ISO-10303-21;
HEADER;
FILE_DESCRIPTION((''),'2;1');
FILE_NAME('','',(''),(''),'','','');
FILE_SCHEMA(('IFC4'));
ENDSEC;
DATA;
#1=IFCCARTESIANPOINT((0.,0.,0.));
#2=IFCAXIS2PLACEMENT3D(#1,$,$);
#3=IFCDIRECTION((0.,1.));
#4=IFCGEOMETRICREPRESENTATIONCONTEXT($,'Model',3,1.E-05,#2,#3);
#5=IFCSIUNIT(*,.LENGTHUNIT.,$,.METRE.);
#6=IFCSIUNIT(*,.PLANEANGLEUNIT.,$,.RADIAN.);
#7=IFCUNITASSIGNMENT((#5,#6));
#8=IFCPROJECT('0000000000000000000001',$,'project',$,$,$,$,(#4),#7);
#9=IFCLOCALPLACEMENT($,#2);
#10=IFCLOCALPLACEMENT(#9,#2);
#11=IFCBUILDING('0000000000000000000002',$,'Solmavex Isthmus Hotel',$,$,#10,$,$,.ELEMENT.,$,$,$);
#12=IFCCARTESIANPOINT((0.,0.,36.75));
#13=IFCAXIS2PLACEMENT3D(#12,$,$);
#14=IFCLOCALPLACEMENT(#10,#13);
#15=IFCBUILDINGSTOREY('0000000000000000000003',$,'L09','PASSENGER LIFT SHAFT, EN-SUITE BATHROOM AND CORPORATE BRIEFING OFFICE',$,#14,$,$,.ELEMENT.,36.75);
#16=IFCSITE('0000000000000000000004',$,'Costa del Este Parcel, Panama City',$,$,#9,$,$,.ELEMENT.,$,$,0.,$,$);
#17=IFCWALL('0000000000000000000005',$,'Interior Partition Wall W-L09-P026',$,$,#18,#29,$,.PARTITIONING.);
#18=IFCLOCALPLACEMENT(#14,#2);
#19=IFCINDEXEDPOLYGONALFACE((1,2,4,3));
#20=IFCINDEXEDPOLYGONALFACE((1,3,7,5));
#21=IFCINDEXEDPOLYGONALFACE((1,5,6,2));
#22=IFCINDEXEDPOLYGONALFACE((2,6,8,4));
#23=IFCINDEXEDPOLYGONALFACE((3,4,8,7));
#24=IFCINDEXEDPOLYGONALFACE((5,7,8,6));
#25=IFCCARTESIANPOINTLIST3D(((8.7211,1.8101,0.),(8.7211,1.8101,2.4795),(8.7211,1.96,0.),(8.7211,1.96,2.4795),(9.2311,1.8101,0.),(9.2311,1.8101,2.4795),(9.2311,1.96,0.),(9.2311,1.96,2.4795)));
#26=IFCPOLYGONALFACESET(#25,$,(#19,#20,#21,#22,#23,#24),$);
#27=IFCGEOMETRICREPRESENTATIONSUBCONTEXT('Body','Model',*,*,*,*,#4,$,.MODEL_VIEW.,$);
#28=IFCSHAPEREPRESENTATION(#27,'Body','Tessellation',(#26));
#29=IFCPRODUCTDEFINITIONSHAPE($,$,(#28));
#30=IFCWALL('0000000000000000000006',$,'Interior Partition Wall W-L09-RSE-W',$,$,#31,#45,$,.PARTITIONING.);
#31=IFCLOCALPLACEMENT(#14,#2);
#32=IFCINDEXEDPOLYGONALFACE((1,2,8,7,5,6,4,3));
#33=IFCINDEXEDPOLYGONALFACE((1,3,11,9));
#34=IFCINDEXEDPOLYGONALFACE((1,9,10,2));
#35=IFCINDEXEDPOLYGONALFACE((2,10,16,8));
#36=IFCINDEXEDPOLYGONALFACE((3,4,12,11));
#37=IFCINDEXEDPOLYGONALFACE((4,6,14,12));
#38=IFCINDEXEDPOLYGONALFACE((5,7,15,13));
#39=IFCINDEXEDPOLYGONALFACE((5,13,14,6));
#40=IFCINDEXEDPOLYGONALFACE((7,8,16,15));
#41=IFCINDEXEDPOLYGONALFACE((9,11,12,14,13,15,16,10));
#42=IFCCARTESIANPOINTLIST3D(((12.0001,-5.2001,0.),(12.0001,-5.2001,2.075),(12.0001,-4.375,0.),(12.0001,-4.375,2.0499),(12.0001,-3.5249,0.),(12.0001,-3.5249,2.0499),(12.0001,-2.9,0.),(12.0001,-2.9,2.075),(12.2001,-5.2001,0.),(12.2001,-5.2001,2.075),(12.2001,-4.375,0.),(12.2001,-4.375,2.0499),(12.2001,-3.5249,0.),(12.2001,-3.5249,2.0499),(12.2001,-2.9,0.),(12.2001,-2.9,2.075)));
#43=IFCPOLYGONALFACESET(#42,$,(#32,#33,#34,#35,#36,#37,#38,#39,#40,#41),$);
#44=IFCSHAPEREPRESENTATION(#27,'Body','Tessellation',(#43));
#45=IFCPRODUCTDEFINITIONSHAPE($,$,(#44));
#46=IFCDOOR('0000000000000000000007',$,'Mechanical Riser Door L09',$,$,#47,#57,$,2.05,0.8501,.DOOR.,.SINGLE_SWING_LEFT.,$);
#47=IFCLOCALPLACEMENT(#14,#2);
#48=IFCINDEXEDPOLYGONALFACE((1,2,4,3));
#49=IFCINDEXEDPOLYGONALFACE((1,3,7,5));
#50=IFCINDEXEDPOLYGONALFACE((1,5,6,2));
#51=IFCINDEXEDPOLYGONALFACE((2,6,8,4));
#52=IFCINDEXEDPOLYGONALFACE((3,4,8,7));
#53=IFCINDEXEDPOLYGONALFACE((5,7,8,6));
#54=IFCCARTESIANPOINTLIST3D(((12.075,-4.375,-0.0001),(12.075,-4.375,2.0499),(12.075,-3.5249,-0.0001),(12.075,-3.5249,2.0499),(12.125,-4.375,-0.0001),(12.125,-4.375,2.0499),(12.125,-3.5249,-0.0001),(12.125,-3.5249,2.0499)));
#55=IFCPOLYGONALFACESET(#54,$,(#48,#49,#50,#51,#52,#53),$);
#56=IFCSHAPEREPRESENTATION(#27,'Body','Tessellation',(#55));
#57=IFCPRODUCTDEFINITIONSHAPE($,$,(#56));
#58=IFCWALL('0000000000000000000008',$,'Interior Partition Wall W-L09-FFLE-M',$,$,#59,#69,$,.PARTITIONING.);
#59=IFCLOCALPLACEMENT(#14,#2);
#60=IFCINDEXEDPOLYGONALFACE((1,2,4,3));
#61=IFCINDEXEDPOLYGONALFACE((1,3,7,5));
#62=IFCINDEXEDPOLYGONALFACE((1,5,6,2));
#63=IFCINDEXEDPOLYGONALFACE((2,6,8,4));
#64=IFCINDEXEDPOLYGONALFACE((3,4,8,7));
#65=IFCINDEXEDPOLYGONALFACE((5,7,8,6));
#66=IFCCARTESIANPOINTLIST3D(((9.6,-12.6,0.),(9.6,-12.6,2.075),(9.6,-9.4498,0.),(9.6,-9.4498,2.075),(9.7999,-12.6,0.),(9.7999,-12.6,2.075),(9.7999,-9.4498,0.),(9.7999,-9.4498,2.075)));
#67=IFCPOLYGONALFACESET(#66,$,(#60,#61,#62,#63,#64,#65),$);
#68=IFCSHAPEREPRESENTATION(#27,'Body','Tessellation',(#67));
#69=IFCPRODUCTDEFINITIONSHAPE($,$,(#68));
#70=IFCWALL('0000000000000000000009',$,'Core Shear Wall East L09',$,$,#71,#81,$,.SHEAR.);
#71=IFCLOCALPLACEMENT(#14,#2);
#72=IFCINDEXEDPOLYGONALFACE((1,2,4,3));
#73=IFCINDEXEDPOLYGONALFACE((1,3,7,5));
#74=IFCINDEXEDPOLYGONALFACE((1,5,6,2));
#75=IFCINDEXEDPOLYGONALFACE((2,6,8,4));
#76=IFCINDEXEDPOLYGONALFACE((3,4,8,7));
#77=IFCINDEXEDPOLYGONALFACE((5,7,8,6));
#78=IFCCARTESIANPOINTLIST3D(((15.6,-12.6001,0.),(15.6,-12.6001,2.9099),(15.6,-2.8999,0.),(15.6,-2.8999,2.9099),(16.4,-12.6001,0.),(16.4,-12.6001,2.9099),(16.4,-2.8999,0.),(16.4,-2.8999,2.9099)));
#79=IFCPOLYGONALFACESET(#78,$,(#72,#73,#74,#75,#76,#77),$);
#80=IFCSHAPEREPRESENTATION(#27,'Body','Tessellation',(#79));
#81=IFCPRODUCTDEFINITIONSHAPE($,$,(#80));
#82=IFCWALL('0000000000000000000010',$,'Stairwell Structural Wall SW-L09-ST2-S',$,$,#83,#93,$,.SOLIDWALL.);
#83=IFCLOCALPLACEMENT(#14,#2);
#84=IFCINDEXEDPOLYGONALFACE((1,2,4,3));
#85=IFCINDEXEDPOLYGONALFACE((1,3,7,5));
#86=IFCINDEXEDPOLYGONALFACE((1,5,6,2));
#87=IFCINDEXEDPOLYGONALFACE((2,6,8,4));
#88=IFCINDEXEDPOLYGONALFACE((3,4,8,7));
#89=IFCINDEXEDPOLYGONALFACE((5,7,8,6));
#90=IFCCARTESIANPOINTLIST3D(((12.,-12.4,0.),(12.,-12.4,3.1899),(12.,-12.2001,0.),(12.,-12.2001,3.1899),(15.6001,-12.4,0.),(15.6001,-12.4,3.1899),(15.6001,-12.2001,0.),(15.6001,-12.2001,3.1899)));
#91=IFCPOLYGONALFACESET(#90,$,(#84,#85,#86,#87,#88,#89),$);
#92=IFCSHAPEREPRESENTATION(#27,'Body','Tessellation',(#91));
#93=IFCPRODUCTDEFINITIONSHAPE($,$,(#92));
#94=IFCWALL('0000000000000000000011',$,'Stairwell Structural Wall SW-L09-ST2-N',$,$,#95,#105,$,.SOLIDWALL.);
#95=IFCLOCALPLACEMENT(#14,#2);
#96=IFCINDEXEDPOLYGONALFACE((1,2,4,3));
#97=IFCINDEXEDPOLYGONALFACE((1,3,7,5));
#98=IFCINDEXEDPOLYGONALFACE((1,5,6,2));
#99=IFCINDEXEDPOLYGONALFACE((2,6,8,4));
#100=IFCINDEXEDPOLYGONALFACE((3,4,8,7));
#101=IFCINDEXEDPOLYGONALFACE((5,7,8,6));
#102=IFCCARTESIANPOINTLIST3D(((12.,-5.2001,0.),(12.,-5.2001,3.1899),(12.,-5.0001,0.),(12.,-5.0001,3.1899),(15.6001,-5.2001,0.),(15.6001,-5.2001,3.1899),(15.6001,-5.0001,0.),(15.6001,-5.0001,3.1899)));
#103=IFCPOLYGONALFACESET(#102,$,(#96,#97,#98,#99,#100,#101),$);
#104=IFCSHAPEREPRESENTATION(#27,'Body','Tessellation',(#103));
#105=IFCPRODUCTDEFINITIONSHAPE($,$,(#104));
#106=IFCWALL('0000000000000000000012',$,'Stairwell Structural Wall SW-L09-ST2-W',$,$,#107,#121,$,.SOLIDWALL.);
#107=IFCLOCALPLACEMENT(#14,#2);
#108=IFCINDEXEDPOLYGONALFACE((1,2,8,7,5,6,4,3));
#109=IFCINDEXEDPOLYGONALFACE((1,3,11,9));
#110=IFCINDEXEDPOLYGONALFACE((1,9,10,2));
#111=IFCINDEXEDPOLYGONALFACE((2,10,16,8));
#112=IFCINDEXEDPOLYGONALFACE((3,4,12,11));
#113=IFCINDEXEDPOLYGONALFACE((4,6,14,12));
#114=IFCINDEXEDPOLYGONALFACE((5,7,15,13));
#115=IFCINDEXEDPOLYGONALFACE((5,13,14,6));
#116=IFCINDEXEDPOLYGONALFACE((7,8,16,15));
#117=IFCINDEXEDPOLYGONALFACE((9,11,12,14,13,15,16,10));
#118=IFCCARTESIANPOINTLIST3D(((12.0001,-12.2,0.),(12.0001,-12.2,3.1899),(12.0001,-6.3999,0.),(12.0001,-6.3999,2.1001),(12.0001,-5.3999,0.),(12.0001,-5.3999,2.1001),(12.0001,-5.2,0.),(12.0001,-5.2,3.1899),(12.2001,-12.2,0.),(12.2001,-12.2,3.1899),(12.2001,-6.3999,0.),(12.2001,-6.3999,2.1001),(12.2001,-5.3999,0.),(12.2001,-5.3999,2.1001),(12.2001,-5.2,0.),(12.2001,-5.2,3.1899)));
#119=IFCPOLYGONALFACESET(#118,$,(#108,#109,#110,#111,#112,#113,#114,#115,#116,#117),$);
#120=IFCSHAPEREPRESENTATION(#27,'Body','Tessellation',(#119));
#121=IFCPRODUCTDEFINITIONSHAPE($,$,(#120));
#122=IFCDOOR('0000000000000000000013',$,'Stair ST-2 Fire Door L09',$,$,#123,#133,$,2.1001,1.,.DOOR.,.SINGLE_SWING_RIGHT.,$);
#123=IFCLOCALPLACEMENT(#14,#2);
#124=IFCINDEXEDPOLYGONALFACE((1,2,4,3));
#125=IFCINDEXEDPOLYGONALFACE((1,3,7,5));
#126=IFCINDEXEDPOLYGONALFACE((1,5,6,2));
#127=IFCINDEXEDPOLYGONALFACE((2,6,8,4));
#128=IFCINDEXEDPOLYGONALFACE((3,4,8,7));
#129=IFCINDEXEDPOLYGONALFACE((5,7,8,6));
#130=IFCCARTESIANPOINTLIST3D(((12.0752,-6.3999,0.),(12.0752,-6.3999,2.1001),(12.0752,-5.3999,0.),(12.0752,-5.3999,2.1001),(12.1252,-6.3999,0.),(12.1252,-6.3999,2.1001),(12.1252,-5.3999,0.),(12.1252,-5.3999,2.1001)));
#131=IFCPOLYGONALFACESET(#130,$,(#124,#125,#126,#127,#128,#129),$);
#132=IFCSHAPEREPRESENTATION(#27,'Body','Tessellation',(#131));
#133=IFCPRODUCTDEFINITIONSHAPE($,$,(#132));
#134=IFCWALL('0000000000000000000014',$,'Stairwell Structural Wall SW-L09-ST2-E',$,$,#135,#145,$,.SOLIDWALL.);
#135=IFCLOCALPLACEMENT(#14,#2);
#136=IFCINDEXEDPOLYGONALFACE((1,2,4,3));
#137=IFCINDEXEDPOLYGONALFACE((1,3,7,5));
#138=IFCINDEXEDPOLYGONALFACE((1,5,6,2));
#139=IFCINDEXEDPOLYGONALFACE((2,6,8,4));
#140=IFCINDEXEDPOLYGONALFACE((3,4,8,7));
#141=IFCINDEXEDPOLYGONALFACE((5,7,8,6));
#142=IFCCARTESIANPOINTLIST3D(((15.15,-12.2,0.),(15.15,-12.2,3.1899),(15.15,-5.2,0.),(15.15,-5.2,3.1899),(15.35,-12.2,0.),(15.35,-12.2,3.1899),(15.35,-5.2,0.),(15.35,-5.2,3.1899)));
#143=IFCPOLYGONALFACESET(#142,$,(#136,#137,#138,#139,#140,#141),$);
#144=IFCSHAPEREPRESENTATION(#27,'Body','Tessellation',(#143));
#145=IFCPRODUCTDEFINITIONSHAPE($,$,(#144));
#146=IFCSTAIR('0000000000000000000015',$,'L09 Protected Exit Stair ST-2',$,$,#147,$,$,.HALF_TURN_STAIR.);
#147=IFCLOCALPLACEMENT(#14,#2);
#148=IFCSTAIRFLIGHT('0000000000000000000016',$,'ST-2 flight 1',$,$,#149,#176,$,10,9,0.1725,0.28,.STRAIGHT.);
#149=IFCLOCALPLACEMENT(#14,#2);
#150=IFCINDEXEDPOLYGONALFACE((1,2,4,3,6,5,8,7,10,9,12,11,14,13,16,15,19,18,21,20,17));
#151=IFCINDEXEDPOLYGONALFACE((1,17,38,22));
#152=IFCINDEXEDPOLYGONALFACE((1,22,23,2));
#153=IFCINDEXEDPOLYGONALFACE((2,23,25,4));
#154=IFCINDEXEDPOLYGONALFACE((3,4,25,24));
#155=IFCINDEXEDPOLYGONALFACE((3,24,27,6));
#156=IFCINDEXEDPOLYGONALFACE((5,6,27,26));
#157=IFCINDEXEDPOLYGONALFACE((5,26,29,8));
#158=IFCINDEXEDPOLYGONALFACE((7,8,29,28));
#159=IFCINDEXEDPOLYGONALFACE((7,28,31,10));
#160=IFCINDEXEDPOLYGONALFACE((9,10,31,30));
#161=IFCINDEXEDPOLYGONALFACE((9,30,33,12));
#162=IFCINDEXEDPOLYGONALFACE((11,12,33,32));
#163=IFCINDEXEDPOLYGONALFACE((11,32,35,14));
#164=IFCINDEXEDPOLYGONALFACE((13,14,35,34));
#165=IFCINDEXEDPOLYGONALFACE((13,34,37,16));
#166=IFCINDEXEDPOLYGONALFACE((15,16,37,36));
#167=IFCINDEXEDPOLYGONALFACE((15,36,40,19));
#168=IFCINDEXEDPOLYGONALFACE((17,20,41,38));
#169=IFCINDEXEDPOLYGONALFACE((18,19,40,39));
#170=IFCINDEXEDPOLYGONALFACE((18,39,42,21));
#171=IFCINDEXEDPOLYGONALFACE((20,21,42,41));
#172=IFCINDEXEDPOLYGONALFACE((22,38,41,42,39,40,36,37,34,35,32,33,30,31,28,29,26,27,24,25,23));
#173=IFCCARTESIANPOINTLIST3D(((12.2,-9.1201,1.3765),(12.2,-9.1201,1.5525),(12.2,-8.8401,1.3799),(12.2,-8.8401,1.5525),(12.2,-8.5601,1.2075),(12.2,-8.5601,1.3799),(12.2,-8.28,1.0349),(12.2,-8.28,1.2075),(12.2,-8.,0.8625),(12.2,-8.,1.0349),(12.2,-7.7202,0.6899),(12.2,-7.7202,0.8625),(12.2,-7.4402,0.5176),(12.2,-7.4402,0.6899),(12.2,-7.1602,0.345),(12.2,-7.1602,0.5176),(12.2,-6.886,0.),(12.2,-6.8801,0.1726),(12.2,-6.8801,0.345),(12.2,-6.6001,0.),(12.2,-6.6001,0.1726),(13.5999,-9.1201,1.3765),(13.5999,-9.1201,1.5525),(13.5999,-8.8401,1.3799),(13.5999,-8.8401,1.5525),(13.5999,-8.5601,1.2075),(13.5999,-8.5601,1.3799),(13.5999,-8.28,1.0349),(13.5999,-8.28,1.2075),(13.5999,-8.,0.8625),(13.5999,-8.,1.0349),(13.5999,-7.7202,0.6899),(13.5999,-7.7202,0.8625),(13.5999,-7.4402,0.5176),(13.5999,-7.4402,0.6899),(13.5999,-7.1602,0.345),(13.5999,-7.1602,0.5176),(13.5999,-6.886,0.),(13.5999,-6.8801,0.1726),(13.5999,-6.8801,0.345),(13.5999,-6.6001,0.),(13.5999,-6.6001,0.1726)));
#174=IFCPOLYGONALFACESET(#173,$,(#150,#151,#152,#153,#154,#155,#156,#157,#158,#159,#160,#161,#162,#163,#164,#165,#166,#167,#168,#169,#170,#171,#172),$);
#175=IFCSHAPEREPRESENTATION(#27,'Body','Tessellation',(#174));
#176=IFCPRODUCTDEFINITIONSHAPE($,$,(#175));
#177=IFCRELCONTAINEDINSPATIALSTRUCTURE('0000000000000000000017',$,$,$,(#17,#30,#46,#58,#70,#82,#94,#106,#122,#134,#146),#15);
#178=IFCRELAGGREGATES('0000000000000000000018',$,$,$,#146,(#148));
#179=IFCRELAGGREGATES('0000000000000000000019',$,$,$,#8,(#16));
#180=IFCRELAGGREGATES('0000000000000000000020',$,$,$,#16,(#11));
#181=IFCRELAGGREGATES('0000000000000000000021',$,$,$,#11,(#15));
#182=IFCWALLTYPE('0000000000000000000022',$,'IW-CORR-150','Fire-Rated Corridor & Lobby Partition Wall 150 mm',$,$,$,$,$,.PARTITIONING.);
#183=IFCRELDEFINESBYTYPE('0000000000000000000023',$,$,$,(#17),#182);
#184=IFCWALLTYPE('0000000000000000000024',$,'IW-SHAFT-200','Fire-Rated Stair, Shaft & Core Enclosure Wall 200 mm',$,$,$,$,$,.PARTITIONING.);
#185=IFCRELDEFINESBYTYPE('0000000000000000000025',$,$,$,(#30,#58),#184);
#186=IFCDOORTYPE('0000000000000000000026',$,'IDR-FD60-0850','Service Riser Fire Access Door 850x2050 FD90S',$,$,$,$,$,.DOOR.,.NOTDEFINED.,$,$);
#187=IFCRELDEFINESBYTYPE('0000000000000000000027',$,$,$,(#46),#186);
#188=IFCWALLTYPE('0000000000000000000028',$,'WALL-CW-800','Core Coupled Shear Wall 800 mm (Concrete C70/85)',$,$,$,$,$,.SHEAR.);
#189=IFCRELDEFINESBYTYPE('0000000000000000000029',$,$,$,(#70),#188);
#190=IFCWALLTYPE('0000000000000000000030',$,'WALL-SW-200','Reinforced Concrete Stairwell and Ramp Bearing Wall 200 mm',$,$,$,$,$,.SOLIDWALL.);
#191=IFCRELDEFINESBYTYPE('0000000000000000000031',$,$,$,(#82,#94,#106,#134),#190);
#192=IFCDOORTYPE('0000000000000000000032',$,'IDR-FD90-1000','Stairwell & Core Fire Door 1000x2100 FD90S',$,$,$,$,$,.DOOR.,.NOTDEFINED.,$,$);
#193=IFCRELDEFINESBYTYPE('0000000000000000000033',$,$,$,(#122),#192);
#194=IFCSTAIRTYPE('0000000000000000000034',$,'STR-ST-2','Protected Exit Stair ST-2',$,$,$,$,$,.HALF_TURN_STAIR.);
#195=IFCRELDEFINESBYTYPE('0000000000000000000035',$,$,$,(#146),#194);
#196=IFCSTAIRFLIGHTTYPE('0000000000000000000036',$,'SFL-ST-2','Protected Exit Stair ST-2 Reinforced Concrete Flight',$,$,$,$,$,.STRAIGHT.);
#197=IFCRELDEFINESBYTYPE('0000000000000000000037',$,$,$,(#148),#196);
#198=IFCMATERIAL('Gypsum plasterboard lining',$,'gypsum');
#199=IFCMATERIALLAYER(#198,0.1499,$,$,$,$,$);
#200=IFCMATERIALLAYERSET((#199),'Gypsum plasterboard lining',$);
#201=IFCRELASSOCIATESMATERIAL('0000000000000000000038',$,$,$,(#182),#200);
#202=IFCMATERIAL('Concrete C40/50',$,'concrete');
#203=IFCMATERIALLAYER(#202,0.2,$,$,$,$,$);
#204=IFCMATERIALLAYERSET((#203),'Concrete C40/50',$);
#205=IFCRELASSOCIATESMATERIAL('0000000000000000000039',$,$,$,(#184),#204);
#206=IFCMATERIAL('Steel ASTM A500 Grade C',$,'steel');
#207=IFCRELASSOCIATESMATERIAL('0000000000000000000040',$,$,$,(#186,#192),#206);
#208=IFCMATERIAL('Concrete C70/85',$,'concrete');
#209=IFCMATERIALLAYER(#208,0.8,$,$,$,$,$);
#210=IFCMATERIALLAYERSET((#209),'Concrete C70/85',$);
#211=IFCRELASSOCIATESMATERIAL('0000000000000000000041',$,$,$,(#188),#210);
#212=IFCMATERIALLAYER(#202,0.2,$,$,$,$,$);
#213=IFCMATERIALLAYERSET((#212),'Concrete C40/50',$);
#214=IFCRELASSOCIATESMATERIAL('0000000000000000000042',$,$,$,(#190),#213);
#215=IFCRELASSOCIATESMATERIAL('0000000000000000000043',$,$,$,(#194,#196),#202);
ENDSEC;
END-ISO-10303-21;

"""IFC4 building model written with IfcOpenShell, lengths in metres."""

from ifc_helpers import new_model, si_unit, direction, frame, frame_2d, origin, place, context, subcontext, project, spatial, polyline, rectangle, outline, extrude, material, layer, layer_set, type_object, element, fill, aggregate, save


model = new_model("IFC4")

# Units and contexts
model_context = context("Model", 3, precision=1e-05, world=origin(), true_north=direction((0.0, 1.0)))
body_context = subcontext(model_context, "Body", "Model", "MODEL_VIEW")
ifc_project = project(units=[si_unit("LENGTHUNIT", "METRE"), si_unit("PLANEANGLEUNIT", "RADIAN")], contexts=[model_context])

# Site, building, storey
site_placement = place(None, origin())
site = spatial("IfcSite", under=ifc_project, at=site_placement, Name="Costa del Este Parcel, Panama City", CompositionType="ELEMENT", RefElevation=0.0)
building_placement = place(site_placement, origin())
building = spatial("IfcBuilding", under=site, at=building_placement, Name="Solmavex Isthmus Hotel", CompositionType="ELEMENT")
storey_placement = place(building_placement, frame((0.0, 0.0, 36.75)))
storey = spatial("IfcBuildingStorey", under=building, at=storey_placement, Name="L09", Description="PASSENGER LIFT SHAFT, EN-SUITE BATHROOM AND CORPORATE BRIEFING OFFICE", CompositionType="ELEMENT", Elevation=36.75)

# Shared definitions
ifc_material_1 = material(Name="Concrete C70/85", Category="concrete")

# Wall
ifc_material_2 = material(Name="Gypsum plasterboard lining", Category="gypsum")
ifc_layer_1 = layer(ifc_material_2, 0.1499)
ifc_layer_set_1 = layer_set([ifc_layer_1], Name="Gypsum plasterboard lining")
wall_type_1 = type_object("IfcWallType", Name="IW-CORR-150", Description="Fire-Rated Corridor & Lobby Partition Wall 150 mm", PredefinedType="PARTITIONING", material=ifc_layer_set_1)
wall_1_placement = place(storey_placement, frame((9.231, 1.885, 0.0), z_axis=(0.0, 0.0, 1.0), x_axis=(-1.0, 0.0, 0.0)))
element("IfcWall", 1, at=wall_1_placement, inside=storey, type_object=wall_type_1, Name="Interior Partition Wall W-L09-P026", PredefinedType="PARTITIONING", context=body_context, shape_type="SweptSolid", body=[
    extrude(rectangle(XDim=0.51, YDim=0.1499, at=frame_2d((0.2549, 0.0))), origin(), (0.0, 0.0, 1.0), 2.4795),
])

# Wall, opening, door
ifc_material_3 = material(Name="Concrete C40/50", Category="concrete")
ifc_layer_2 = layer(ifc_material_3, 0.2)
ifc_layer_set_2 = layer_set([ifc_layer_2], Name="Concrete C40/50")
wall_type_2 = type_object("IfcWallType", Name="IW-SHAFT-200", Description="Fire-Rated Stair, Shaft & Core Enclosure Wall 200 mm", PredefinedType="PARTITIONING", material=ifc_layer_set_2)
wall_2_placement = place(storey_placement, frame((12.1001, -5.2, 0.0), z_axis=(0.0, 0.0, 1.0), x_axis=(0.0, 1.0, 0.0)))
wall_2 = element("IfcWall", 2, at=wall_2_placement, inside=storey, type_object=wall_type_2, Name="Interior Partition Wall W-L09-RSE-W", PredefinedType="PARTITIONING", context=body_context, shape_type="SweptSolid", body=[
    extrude(rectangle(XDim=2.3, YDim=0.2, at=frame_2d((1.1499, 0.0))), origin(), (0.0, 0.0, 1.0), 2.075),
])
opening_1_placement = place(wall_2_placement, frame((0.825, 0.0, 0.0)))
opening_1 = element("IfcOpeningElement", 3, at=opening_1_placement, cuts=wall_2, PredefinedType="OPENING", context=body_context, shape_type="SweptSolid", body=[
    extrude(rectangle(XDim=0.8501, YDim=2.05, at=frame_2d((0.425, 1.0249))), frame((0.0, 0.1099, 0.0), z_axis=(0.0, -1.0, 0.0), x_axis=(1.0, 0.0, 0.0)), (0.0, 0.0, 1.0), 0.22),
])
ifc_material_4 = material(Name="Steel ASTM A500 Grade C", Category="steel")
door_type_1 = type_object("IfcDoorType", Name="IDR-FD60-0850", Description="Service Riser Fire Access Door 850x2050 FD90S", OperationType="NOTDEFINED", PredefinedType="DOOR", material=ifc_material_4)
door_1_placement = place(opening_1_placement, frame((0.8501, 0.0, 0.0), z_axis=(0.0, 0.0, 1.0), x_axis=(-1.0, 0.0, 0.0)))
door_1 = element("IfcDoor", 4, at=door_1_placement, inside=storey, type_object=door_type_1, Name="Mechanical Riser Door L09", OperationType="SINGLE_SWING_LEFT", OverallHeight=2.05, OverallWidth=0.8501, PredefinedType="DOOR", context=body_context, shape_type="SweptSolid", body=[
    extrude(rectangle(XDim=0.8501, YDim=2.05, at=frame_2d((0.425, 1.0249))), frame((0.0, 0.0249, 0.0), z_axis=(0.0, -1.0, 0.0), x_axis=(1.0, 0.0, 0.0)), (0.0, 0.0, 1.0), 0.05),
])
fill(opening_1, door_1)

# Walls
wall_3_placement = place(storey_placement, frame((9.7, -12.6001, 0.0), z_axis=(0.0, 0.0, 1.0), x_axis=(0.0, 1.0, 0.0)))
element("IfcWall", 5, at=wall_3_placement, inside=storey, type_object=wall_type_2, Name="Interior Partition Wall W-L09-FFLE-M", PredefinedType="PARTITIONING", context=body_context, shape_type="SweptSolid", body=[
    extrude(rectangle(XDim=3.1501, YDim=0.2, at=frame_2d((1.5752, 0.0))), origin(), (0.0, 0.0, 1.0), 2.075),
])
ifc_layer_3 = layer(ifc_material_1, 0.8)
ifc_layer_set_3 = layer_set([ifc_layer_3], Name="Concrete C70/85")
wall_type_3 = type_object("IfcWallType", Name="WALL-CW-800", Description="Core Coupled Shear Wall 800 mm (Concrete C70/85)", PredefinedType="SHEAR", material=ifc_layer_set_3)
wall_4_placement = place(storey_placement, frame((16.0, -12.6001, 0.0), z_axis=(0.0, 0.0, 1.0), x_axis=(0.0, 1.0, 0.0)))
element("IfcWall", 6, at=wall_4_placement, inside=storey, type_object=wall_type_3, Name="Core Shear Wall East L09", PredefinedType="SHEAR", context=body_context, shape_type="SweptSolid", body=[
    extrude(rectangle(XDim=9.7002, YDim=0.8, at=frame_2d((4.8501, 0.0))), origin(), (0.0, 0.0, 1.0), 2.9099),
])
ifc_layer_4 = layer(ifc_material_3, 0.2)
ifc_layer_set_4 = layer_set([ifc_layer_4], Name="Concrete C40/50")
wall_type_4 = type_object("IfcWallType", Name="WALL-SW-200", Description="Reinforced Concrete Stairwell and Ramp Bearing Wall 200 mm", PredefinedType="SOLIDWALL", material=ifc_layer_set_4)
for number, where, z_axis, x_axis, name in (
    (7, (12.0, -12.3, 0.0), (0.0, 0.0, 1.0), (1.0, 0.0, 0.0), "Stairwell Structural Wall SW-L09-ST2-S"),
    (8, (12.0, -5.1001, 0.0), (0.0, 0.0, 1.0), (1.0, 0.0, 0.0), "Stairwell Structural Wall SW-L09-ST2-N"),
):
    element("IfcWall", number, at=place(storey_placement, frame(where, z_axis=z_axis, x_axis=x_axis)), inside=storey, type_object=wall_type_4, Name=name, PredefinedType="SOLIDWALL", context=body_context, shape_type="SweptSolid", body=[
        extrude(rectangle(XDim=3.6001, YDim=0.2, at=frame_2d((1.8, 0.0))), origin(), (0.0, 0.0, 1.0), 3.1899),
    ])

# Wall, opening, door
wall_5_placement = place(storey_placement, frame((12.1001, -12.2, 0.0), z_axis=(0.0, 0.0, 1.0), x_axis=(0.0, 1.0, 0.0)))
wall_5 = element("IfcWall", 9, at=wall_5_placement, inside=storey, type_object=wall_type_4, Name="Stairwell Structural Wall SW-L09-ST2-W", PredefinedType="SOLIDWALL", context=body_context, shape_type="SweptSolid", body=[
    extrude(rectangle(XDim=7.0, YDim=0.2, at=frame_2d((3.5, 0.0))), origin(), (0.0, 0.0, 1.0), 3.1899),
])
opening_2_placement = place(wall_5_placement, frame((5.8, 0.0, 0.0)))
opening_2 = element("IfcOpeningElement", 10, at=opening_2_placement, cuts=wall_5, PredefinedType="OPENING", context=body_context, shape_type="SweptSolid", body=[
    extrude(rectangle(XDim=1.0, YDim=2.1001, at=frame_2d((0.5, 1.05))), frame((0.0, 0.1099, 0.0), z_axis=(0.0, -1.0, 0.0), x_axis=(1.0, 0.0, 0.0)), (0.0, 0.0, 1.0), 0.22),
])
door_type_2 = type_object("IfcDoorType", Name="IDR-FD90-1000", Description="Stairwell & Core Fire Door 1000x2100 FD90S", OperationType="NOTDEFINED", PredefinedType="DOOR", material=ifc_material_4)
door_2_placement = place(opening_2_placement, origin())
door_2 = element("IfcDoor", 11, at=door_2_placement, inside=storey, type_object=door_type_2, Name="Stair ST-2 Fire Door L09", OperationType="SINGLE_SWING_RIGHT", OverallHeight=2.1001, OverallWidth=1.0, PredefinedType="DOOR", context=body_context, shape_type="SweptSolid", body=[
    extrude(rectangle(XDim=1.0, YDim=2.1001, at=frame_2d((0.5, 1.05))), frame((0.0, 0.0249, 0.0), z_axis=(0.0, -1.0, 0.0), x_axis=(1.0, 0.0, 0.0)), (0.0, 0.0, 1.0), 0.05),
])
fill(opening_2, door_2)

# Wall
wall_6_placement = place(storey_placement, frame((15.25, -12.2, 0.0), z_axis=(0.0, 0.0, 1.0), x_axis=(0.0, 1.0, 0.0)))
element("IfcWall", 12, at=wall_6_placement, inside=storey, type_object=wall_type_4, Name="Stairwell Structural Wall SW-L09-ST2-E", PredefinedType="SOLIDWALL", context=body_context, shape_type="SweptSolid", body=[
    extrude(rectangle(XDim=7.0, YDim=0.2, at=frame_2d((3.5, 0.0))), origin(), (0.0, 0.0, 1.0), 3.1899),
])

# Stair, stair flight
stair_type = type_object("IfcStairType", Name="STR-ST-2", Description="Protected Exit Stair ST-2", PredefinedType="HALF_TURN_STAIR", material=ifc_material_3)
stair_placement = place(storey_placement, origin())
stair = element("IfcStair", 13, at=stair_placement, inside=storey, type_object=stair_type, Name="L09 Protected Exit Stair ST-2", PredefinedType="HALF_TURN_STAIR")
stair_flight_type = type_object("IfcStairFlightType", Name="SFL-ST-2", Description="Protected Exit Stair ST-2 Reinforced Concrete Flight", PredefinedType="STRAIGHT", material=ifc_material_3)
stair_flight_1_placement = place(storey_placement, frame((12.8999, -6.6001, 0.0), z_axis=(0.0, 0.0, 1.0), x_axis=(0.0, -1.0, 0.0)))
stair_flight_1 = element("IfcStairFlight", 14, at=stair_flight_1_placement, type_object=stair_flight_type, Name="ST-2 flight 1", NumberOfRisers=10, NumberOfTreads=9, PredefinedType="STRAIGHT", RiserHeight=0.1725, TreadLength=0.28, context=body_context, shape_type="SweptSolid", body=[
    extrude(outline(polyline([(0.0, 0.0), (0.0, 0.1726), (0.28, 0.1726), (0.28, 0.345), (0.5601, 0.345), (0.5601, 0.5176), (0.8401, 0.5176), (0.8401, 0.6899), (1.1201, 0.6899), (1.1201, 0.8625), (1.3999, 0.8625), (1.3999, 1.0349), (1.6799, 1.0349), (1.6799, 1.2075), (1.96, 1.2075), (1.96, 1.3799), (2.24, 1.3799), (2.24, 1.5525), (2.52, 1.5525), (2.52, 1.7251), (2.52, 1.3765), (0.2859, 0.0), (0.0, 0.0)])), frame((0.0, 0.7, 0.0), z_axis=(0.0, -1.0, 0.0), x_axis=(1.0, 0.0, 0.0)), (0.0, 0.0, 1.0), 1.3999),
])
aggregate(stair, [stair_flight_1])

save(model, "model.ifc")
